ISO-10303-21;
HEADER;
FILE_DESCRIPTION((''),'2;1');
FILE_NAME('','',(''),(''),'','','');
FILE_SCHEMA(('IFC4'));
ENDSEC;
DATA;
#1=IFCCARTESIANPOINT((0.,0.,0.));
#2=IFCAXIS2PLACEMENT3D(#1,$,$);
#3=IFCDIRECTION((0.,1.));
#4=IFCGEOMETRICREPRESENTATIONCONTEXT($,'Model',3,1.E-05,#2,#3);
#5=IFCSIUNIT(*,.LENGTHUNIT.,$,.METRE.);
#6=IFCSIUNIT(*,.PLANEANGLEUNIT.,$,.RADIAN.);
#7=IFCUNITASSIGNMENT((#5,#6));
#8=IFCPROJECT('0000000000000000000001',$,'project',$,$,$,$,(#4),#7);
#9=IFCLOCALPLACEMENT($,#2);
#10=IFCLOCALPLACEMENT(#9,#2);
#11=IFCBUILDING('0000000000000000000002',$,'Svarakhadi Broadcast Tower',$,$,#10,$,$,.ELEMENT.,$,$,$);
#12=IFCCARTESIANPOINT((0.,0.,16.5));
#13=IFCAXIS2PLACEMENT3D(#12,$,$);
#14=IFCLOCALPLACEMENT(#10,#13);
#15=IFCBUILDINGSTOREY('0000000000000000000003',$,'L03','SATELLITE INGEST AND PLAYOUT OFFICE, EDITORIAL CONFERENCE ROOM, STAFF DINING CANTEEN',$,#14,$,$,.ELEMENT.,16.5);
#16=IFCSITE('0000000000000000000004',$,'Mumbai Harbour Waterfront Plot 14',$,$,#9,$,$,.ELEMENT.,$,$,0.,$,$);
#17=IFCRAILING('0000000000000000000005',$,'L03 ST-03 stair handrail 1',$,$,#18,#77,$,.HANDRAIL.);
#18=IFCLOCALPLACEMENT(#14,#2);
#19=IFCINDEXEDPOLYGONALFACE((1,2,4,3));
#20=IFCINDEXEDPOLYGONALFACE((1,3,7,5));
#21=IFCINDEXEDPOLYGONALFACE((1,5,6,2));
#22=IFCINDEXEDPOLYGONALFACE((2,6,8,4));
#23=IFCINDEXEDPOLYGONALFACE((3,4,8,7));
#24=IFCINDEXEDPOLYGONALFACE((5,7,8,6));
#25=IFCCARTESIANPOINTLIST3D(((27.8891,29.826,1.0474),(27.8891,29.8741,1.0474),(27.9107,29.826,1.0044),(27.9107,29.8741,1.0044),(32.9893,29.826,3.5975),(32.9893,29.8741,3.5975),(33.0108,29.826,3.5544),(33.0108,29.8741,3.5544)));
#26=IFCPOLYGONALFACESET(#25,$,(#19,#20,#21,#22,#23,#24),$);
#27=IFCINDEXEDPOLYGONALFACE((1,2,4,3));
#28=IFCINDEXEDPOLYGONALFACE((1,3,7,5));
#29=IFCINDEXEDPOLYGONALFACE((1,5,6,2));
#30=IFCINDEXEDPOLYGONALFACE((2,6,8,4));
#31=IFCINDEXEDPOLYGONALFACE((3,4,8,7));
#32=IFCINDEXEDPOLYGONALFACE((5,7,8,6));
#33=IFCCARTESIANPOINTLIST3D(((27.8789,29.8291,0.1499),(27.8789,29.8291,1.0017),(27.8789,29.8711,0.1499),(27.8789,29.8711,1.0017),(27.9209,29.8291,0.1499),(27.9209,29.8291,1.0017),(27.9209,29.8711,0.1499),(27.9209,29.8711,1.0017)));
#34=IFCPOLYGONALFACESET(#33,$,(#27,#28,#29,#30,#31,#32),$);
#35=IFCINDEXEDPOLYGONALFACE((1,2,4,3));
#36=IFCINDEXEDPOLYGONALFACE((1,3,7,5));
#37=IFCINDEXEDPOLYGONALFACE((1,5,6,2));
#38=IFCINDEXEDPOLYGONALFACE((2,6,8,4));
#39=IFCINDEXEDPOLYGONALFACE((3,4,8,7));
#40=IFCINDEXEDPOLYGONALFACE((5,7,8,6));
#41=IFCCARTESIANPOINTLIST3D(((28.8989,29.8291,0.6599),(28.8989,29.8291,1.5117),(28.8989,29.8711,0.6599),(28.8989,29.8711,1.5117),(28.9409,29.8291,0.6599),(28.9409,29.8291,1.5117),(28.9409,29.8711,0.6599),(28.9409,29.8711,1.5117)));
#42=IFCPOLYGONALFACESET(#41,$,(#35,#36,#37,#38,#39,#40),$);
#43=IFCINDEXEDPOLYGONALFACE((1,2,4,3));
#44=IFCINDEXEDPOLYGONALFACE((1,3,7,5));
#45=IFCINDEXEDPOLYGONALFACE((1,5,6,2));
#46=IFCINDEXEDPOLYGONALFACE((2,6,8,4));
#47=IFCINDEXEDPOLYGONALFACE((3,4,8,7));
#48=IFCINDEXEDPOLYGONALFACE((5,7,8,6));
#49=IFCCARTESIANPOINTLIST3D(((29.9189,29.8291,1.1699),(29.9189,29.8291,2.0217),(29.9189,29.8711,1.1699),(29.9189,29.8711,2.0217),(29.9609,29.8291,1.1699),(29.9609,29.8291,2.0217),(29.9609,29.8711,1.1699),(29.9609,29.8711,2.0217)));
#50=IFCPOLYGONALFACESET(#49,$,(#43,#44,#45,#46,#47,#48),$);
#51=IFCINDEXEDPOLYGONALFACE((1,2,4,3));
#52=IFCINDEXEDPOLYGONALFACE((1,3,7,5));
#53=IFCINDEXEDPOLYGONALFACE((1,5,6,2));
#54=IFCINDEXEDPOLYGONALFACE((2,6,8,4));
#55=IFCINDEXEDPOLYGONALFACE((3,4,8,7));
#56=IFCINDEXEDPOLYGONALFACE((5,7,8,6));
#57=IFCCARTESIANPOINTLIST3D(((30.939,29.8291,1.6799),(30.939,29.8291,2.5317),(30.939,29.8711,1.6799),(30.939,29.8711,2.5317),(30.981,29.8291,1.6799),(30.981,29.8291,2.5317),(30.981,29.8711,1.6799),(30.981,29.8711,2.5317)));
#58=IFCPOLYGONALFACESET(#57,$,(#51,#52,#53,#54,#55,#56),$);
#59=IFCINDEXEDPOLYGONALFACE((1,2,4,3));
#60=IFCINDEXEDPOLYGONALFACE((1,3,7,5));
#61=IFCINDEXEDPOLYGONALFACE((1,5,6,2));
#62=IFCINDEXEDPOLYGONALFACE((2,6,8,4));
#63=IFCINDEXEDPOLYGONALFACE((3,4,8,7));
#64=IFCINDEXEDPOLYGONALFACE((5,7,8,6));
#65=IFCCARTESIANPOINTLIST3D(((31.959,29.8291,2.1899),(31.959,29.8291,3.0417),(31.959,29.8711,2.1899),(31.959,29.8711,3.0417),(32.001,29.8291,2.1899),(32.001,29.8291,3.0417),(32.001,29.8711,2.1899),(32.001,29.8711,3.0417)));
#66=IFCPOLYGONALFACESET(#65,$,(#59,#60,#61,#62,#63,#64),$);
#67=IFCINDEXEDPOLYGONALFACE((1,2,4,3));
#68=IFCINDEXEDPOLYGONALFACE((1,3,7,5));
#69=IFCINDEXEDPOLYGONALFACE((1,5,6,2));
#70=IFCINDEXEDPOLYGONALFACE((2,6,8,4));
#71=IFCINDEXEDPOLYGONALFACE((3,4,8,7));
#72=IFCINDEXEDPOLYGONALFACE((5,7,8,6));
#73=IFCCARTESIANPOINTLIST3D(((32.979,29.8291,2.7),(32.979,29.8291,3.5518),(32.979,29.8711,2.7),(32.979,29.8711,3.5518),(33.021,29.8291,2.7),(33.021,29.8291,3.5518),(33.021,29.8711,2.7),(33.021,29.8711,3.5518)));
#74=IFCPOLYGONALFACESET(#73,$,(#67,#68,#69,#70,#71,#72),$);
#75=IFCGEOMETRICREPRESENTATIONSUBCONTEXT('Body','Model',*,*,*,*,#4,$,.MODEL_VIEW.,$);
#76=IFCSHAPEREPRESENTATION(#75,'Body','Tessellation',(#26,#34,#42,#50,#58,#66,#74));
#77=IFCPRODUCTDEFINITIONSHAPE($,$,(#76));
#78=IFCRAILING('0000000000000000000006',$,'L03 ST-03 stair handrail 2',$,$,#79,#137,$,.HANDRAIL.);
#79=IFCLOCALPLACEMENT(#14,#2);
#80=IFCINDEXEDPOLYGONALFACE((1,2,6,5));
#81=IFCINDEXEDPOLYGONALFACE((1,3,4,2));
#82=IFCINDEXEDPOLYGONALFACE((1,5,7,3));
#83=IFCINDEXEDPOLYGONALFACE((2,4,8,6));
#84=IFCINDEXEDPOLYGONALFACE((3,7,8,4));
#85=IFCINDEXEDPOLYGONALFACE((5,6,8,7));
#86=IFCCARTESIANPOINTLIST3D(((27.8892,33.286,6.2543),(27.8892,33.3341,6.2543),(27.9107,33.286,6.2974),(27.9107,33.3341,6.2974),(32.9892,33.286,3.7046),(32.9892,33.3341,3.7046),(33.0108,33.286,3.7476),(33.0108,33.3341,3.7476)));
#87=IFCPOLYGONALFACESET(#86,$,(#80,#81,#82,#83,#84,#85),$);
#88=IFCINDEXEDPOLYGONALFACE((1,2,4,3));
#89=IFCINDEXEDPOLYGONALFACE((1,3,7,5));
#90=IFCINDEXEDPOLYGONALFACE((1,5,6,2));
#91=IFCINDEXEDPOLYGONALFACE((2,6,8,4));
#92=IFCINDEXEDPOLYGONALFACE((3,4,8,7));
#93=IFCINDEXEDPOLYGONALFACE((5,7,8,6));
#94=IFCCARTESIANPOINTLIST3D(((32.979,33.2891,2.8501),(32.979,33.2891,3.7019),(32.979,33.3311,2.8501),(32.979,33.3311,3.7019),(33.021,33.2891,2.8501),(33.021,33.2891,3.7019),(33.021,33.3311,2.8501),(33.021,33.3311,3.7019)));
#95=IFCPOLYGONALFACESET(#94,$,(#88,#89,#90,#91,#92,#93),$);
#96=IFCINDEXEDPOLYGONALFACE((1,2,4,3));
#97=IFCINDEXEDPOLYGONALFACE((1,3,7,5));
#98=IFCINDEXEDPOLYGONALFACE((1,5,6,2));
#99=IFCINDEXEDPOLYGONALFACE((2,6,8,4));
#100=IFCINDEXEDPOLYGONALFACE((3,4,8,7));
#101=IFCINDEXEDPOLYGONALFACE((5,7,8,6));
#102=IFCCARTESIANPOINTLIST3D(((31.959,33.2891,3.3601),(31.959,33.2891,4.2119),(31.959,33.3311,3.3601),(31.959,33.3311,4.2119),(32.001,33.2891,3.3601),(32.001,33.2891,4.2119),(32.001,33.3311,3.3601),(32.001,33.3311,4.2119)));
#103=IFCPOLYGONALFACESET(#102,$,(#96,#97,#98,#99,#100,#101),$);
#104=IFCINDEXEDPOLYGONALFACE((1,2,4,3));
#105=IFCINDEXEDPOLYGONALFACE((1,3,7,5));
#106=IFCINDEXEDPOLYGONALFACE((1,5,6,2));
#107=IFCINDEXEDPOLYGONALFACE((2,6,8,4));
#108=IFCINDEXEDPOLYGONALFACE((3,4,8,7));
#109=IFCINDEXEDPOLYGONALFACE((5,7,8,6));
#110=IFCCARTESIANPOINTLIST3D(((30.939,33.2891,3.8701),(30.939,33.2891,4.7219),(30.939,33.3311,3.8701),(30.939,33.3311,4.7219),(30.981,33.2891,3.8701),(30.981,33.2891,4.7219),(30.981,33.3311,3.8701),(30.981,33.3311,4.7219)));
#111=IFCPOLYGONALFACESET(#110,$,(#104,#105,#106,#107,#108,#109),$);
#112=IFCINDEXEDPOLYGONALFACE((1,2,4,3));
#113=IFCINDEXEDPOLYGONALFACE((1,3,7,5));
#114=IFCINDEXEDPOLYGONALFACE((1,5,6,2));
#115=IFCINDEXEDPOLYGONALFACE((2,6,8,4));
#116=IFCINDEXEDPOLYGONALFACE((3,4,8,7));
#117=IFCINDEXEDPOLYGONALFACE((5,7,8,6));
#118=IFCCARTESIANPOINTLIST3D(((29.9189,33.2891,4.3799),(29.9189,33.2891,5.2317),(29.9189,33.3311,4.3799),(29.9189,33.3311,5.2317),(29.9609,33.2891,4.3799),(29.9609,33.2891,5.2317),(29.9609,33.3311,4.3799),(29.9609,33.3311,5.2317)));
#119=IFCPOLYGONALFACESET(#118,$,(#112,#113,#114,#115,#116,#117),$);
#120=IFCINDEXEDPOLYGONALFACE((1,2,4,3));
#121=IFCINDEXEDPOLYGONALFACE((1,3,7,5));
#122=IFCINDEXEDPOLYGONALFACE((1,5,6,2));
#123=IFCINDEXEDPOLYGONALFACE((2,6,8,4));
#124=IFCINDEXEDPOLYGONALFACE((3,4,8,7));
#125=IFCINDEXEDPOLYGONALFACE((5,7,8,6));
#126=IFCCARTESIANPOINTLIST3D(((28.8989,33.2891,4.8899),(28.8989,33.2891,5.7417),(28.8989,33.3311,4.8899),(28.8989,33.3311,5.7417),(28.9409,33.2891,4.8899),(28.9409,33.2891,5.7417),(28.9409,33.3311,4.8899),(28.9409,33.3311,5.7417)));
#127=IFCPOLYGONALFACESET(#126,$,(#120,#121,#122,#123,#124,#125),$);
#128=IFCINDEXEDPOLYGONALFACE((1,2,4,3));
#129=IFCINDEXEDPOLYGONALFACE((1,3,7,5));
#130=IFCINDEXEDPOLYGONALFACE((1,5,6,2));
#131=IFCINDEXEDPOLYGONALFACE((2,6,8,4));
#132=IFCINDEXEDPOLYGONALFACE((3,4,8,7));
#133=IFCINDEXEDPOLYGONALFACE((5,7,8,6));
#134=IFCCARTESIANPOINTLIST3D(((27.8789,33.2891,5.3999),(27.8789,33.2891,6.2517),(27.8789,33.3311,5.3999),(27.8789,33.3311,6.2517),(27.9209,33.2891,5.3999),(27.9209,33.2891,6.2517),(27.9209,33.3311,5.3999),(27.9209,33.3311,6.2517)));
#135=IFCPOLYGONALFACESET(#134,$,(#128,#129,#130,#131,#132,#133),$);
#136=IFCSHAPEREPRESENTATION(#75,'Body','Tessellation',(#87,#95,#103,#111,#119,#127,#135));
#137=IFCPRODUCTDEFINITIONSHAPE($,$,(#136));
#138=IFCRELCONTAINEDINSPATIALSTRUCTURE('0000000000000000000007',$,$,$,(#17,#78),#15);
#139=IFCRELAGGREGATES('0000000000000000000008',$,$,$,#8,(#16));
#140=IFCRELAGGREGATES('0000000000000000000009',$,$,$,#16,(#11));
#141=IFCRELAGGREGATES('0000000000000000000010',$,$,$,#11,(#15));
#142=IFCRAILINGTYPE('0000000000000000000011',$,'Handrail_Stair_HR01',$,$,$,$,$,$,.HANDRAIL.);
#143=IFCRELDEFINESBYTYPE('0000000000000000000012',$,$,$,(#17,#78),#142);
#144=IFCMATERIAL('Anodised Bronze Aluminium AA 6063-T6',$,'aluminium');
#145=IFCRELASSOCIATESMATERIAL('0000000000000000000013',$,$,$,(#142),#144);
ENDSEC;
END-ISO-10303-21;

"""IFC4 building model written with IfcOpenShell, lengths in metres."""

from ifc_helpers import new_model, si_unit, direction, frame, origin, origin_2d, place, context, subcontext, project, spatial, rectangle, extrude, material, type_object, element, save


model = new_model("IFC4")

# Units and contexts
model_context = context("Model", 3, precision=1e-05, world=origin(), true_north=direction((0.0, 1.0)))
body_context = subcontext(model_context, "Body", "Model", "MODEL_VIEW")
ifc_project = project(units=[si_unit("LENGTHUNIT", "METRE"), si_unit("PLANEANGLEUNIT", "RADIAN")], contexts=[model_context])

# Site, building, storey
site_placement = place(None, origin())
site = spatial("IfcSite", under=ifc_project, at=site_placement, Name="Mumbai Harbour Waterfront Plot 14", CompositionType="ELEMENT", RefElevation=0.0)
building_placement = place(site_placement, origin())
building = spatial("IfcBuilding", under=site, at=building_placement, Name="Svarakhadi Broadcast Tower", CompositionType="ELEMENT")
storey_placement = place(building_placement, frame((0.0, 0.0, 16.5)))
storey = spatial("IfcBuildingStorey", under=building, at=storey_placement, Name="L03", Description="SATELLITE INGEST AND PLAYOUT OFFICE, EDITORIAL CONFERENCE ROOM, STAFF DINING CANTEEN", CompositionType="ELEMENT", Elevation=16.5)

# Shared definitions
ifc_material_1 = material(Name="Anodised Bronze Aluminium AA 6063-T6", Category="aluminium")

# Railings
railing_type_1 = type_object("IfcRailingType", Name="Handrail_Stair_HR01", PredefinedType="HANDRAIL", material=ifc_material_1)
railing_1_placement = place(storey_placement, frame((27.8999, 29.8501, 0.1499)))
element("IfcRailing", 1, at=railing_1_placement, inside=storey, type_object=railing_type_1, Name="L03 ST-03 stair handrail 1", PredefinedType="HANDRAIL", context=body_context, shape_type="SweptSolid", body=[
    extrude(rectangle(XDim=0.0481, YDim=0.0481, at=origin_2d()), frame((0.0, 0.0, 0.876), z_axis=(0.894427, 0.0, 0.447214), x_axis=(0.0, 1.0, 0.0)), (0.0, 0.0, 1.0), 5.7021),
    extrude(rectangle(XDim=0.042, YDim=0.042, at=origin_2d()), origin(), (0.0, 0.0, 1.0), 0.8518),
    extrude(rectangle(XDim=0.042, YDim=0.042, at=origin_2d()), frame((1.02, 0.0, 0.51)), (0.0, 0.0, 1.0), 0.8518),
    extrude(rectangle(XDim=0.042, YDim=0.042, at=origin_2d()), frame((2.04, 0.0, 1.02)), (0.0, 0.0, 1.0), 0.8518),
    extrude(rectangle(XDim=0.042, YDim=0.042, at=origin_2d()), frame((3.0601, 0.0, 1.53)), (0.0, 0.0, 1.0), 0.8518),
    extrude(rectangle(XDim=0.042, YDim=0.042, at=origin_2d()), frame((4.0801, 0.0, 2.04)), (0.0, 0.0, 1.0), 0.8518),
    extrude(rectangle(XDim=0.042, YDim=0.042, at=origin_2d()), frame((5.1001, 0.0, 2.55)), (0.0, 0.0, 1.0), 0.8518),
])
railing_2_placement = place(storey_placement, frame((33.0, 33.3101, 2.8501)))
element("IfcRailing", 2, at=railing_2_placement, inside=storey, type_object=railing_type_1, Name="L03 ST-03 stair handrail 2", PredefinedType="HANDRAIL", context=body_context, shape_type="SweptSolid", body=[
    extrude(rectangle(XDim=0.0481, YDim=0.0481, at=origin_2d()), frame((0.0, 0.0, 0.876), z_axis=(-0.894444, 0.0, 0.447179), x_axis=(0.0, -1.0, 0.0)), (0.0, 0.0, 1.0), 5.7019),
    extrude(rectangle(XDim=0.042, YDim=0.042, at=origin_2d()), origin(), (0.0, 0.0, 1.0), 0.8518),
    extrude(rectangle(XDim=0.042, YDim=0.042, at=origin_2d()), frame((-1.02, 0.0, 0.51)), (0.0, 0.0, 1.0), 0.8518),
    extrude(rectangle(XDim=0.042, YDim=0.042, at=origin_2d()), frame((-2.04, 0.0, 1.02)), (0.0, 0.0, 1.0), 0.8518),
    extrude(rectangle(XDim=0.042, YDim=0.042, at=origin_2d()), frame((-3.0601, 0.0, 1.5298)), (0.0, 0.0, 1.0), 0.8518),
    extrude(rectangle(XDim=0.042, YDim=0.042, at=origin_2d()), frame((-4.0801, 0.0, 2.0398)), (0.0, 0.0, 1.0), 0.8518),
    extrude(rectangle(XDim=0.042, YDim=0.042, at=origin_2d()), frame((-5.1001, 0.0, 2.5498)), (0.0, 0.0, 1.0), 0.8518),
])

save(model, "model.ifc")
